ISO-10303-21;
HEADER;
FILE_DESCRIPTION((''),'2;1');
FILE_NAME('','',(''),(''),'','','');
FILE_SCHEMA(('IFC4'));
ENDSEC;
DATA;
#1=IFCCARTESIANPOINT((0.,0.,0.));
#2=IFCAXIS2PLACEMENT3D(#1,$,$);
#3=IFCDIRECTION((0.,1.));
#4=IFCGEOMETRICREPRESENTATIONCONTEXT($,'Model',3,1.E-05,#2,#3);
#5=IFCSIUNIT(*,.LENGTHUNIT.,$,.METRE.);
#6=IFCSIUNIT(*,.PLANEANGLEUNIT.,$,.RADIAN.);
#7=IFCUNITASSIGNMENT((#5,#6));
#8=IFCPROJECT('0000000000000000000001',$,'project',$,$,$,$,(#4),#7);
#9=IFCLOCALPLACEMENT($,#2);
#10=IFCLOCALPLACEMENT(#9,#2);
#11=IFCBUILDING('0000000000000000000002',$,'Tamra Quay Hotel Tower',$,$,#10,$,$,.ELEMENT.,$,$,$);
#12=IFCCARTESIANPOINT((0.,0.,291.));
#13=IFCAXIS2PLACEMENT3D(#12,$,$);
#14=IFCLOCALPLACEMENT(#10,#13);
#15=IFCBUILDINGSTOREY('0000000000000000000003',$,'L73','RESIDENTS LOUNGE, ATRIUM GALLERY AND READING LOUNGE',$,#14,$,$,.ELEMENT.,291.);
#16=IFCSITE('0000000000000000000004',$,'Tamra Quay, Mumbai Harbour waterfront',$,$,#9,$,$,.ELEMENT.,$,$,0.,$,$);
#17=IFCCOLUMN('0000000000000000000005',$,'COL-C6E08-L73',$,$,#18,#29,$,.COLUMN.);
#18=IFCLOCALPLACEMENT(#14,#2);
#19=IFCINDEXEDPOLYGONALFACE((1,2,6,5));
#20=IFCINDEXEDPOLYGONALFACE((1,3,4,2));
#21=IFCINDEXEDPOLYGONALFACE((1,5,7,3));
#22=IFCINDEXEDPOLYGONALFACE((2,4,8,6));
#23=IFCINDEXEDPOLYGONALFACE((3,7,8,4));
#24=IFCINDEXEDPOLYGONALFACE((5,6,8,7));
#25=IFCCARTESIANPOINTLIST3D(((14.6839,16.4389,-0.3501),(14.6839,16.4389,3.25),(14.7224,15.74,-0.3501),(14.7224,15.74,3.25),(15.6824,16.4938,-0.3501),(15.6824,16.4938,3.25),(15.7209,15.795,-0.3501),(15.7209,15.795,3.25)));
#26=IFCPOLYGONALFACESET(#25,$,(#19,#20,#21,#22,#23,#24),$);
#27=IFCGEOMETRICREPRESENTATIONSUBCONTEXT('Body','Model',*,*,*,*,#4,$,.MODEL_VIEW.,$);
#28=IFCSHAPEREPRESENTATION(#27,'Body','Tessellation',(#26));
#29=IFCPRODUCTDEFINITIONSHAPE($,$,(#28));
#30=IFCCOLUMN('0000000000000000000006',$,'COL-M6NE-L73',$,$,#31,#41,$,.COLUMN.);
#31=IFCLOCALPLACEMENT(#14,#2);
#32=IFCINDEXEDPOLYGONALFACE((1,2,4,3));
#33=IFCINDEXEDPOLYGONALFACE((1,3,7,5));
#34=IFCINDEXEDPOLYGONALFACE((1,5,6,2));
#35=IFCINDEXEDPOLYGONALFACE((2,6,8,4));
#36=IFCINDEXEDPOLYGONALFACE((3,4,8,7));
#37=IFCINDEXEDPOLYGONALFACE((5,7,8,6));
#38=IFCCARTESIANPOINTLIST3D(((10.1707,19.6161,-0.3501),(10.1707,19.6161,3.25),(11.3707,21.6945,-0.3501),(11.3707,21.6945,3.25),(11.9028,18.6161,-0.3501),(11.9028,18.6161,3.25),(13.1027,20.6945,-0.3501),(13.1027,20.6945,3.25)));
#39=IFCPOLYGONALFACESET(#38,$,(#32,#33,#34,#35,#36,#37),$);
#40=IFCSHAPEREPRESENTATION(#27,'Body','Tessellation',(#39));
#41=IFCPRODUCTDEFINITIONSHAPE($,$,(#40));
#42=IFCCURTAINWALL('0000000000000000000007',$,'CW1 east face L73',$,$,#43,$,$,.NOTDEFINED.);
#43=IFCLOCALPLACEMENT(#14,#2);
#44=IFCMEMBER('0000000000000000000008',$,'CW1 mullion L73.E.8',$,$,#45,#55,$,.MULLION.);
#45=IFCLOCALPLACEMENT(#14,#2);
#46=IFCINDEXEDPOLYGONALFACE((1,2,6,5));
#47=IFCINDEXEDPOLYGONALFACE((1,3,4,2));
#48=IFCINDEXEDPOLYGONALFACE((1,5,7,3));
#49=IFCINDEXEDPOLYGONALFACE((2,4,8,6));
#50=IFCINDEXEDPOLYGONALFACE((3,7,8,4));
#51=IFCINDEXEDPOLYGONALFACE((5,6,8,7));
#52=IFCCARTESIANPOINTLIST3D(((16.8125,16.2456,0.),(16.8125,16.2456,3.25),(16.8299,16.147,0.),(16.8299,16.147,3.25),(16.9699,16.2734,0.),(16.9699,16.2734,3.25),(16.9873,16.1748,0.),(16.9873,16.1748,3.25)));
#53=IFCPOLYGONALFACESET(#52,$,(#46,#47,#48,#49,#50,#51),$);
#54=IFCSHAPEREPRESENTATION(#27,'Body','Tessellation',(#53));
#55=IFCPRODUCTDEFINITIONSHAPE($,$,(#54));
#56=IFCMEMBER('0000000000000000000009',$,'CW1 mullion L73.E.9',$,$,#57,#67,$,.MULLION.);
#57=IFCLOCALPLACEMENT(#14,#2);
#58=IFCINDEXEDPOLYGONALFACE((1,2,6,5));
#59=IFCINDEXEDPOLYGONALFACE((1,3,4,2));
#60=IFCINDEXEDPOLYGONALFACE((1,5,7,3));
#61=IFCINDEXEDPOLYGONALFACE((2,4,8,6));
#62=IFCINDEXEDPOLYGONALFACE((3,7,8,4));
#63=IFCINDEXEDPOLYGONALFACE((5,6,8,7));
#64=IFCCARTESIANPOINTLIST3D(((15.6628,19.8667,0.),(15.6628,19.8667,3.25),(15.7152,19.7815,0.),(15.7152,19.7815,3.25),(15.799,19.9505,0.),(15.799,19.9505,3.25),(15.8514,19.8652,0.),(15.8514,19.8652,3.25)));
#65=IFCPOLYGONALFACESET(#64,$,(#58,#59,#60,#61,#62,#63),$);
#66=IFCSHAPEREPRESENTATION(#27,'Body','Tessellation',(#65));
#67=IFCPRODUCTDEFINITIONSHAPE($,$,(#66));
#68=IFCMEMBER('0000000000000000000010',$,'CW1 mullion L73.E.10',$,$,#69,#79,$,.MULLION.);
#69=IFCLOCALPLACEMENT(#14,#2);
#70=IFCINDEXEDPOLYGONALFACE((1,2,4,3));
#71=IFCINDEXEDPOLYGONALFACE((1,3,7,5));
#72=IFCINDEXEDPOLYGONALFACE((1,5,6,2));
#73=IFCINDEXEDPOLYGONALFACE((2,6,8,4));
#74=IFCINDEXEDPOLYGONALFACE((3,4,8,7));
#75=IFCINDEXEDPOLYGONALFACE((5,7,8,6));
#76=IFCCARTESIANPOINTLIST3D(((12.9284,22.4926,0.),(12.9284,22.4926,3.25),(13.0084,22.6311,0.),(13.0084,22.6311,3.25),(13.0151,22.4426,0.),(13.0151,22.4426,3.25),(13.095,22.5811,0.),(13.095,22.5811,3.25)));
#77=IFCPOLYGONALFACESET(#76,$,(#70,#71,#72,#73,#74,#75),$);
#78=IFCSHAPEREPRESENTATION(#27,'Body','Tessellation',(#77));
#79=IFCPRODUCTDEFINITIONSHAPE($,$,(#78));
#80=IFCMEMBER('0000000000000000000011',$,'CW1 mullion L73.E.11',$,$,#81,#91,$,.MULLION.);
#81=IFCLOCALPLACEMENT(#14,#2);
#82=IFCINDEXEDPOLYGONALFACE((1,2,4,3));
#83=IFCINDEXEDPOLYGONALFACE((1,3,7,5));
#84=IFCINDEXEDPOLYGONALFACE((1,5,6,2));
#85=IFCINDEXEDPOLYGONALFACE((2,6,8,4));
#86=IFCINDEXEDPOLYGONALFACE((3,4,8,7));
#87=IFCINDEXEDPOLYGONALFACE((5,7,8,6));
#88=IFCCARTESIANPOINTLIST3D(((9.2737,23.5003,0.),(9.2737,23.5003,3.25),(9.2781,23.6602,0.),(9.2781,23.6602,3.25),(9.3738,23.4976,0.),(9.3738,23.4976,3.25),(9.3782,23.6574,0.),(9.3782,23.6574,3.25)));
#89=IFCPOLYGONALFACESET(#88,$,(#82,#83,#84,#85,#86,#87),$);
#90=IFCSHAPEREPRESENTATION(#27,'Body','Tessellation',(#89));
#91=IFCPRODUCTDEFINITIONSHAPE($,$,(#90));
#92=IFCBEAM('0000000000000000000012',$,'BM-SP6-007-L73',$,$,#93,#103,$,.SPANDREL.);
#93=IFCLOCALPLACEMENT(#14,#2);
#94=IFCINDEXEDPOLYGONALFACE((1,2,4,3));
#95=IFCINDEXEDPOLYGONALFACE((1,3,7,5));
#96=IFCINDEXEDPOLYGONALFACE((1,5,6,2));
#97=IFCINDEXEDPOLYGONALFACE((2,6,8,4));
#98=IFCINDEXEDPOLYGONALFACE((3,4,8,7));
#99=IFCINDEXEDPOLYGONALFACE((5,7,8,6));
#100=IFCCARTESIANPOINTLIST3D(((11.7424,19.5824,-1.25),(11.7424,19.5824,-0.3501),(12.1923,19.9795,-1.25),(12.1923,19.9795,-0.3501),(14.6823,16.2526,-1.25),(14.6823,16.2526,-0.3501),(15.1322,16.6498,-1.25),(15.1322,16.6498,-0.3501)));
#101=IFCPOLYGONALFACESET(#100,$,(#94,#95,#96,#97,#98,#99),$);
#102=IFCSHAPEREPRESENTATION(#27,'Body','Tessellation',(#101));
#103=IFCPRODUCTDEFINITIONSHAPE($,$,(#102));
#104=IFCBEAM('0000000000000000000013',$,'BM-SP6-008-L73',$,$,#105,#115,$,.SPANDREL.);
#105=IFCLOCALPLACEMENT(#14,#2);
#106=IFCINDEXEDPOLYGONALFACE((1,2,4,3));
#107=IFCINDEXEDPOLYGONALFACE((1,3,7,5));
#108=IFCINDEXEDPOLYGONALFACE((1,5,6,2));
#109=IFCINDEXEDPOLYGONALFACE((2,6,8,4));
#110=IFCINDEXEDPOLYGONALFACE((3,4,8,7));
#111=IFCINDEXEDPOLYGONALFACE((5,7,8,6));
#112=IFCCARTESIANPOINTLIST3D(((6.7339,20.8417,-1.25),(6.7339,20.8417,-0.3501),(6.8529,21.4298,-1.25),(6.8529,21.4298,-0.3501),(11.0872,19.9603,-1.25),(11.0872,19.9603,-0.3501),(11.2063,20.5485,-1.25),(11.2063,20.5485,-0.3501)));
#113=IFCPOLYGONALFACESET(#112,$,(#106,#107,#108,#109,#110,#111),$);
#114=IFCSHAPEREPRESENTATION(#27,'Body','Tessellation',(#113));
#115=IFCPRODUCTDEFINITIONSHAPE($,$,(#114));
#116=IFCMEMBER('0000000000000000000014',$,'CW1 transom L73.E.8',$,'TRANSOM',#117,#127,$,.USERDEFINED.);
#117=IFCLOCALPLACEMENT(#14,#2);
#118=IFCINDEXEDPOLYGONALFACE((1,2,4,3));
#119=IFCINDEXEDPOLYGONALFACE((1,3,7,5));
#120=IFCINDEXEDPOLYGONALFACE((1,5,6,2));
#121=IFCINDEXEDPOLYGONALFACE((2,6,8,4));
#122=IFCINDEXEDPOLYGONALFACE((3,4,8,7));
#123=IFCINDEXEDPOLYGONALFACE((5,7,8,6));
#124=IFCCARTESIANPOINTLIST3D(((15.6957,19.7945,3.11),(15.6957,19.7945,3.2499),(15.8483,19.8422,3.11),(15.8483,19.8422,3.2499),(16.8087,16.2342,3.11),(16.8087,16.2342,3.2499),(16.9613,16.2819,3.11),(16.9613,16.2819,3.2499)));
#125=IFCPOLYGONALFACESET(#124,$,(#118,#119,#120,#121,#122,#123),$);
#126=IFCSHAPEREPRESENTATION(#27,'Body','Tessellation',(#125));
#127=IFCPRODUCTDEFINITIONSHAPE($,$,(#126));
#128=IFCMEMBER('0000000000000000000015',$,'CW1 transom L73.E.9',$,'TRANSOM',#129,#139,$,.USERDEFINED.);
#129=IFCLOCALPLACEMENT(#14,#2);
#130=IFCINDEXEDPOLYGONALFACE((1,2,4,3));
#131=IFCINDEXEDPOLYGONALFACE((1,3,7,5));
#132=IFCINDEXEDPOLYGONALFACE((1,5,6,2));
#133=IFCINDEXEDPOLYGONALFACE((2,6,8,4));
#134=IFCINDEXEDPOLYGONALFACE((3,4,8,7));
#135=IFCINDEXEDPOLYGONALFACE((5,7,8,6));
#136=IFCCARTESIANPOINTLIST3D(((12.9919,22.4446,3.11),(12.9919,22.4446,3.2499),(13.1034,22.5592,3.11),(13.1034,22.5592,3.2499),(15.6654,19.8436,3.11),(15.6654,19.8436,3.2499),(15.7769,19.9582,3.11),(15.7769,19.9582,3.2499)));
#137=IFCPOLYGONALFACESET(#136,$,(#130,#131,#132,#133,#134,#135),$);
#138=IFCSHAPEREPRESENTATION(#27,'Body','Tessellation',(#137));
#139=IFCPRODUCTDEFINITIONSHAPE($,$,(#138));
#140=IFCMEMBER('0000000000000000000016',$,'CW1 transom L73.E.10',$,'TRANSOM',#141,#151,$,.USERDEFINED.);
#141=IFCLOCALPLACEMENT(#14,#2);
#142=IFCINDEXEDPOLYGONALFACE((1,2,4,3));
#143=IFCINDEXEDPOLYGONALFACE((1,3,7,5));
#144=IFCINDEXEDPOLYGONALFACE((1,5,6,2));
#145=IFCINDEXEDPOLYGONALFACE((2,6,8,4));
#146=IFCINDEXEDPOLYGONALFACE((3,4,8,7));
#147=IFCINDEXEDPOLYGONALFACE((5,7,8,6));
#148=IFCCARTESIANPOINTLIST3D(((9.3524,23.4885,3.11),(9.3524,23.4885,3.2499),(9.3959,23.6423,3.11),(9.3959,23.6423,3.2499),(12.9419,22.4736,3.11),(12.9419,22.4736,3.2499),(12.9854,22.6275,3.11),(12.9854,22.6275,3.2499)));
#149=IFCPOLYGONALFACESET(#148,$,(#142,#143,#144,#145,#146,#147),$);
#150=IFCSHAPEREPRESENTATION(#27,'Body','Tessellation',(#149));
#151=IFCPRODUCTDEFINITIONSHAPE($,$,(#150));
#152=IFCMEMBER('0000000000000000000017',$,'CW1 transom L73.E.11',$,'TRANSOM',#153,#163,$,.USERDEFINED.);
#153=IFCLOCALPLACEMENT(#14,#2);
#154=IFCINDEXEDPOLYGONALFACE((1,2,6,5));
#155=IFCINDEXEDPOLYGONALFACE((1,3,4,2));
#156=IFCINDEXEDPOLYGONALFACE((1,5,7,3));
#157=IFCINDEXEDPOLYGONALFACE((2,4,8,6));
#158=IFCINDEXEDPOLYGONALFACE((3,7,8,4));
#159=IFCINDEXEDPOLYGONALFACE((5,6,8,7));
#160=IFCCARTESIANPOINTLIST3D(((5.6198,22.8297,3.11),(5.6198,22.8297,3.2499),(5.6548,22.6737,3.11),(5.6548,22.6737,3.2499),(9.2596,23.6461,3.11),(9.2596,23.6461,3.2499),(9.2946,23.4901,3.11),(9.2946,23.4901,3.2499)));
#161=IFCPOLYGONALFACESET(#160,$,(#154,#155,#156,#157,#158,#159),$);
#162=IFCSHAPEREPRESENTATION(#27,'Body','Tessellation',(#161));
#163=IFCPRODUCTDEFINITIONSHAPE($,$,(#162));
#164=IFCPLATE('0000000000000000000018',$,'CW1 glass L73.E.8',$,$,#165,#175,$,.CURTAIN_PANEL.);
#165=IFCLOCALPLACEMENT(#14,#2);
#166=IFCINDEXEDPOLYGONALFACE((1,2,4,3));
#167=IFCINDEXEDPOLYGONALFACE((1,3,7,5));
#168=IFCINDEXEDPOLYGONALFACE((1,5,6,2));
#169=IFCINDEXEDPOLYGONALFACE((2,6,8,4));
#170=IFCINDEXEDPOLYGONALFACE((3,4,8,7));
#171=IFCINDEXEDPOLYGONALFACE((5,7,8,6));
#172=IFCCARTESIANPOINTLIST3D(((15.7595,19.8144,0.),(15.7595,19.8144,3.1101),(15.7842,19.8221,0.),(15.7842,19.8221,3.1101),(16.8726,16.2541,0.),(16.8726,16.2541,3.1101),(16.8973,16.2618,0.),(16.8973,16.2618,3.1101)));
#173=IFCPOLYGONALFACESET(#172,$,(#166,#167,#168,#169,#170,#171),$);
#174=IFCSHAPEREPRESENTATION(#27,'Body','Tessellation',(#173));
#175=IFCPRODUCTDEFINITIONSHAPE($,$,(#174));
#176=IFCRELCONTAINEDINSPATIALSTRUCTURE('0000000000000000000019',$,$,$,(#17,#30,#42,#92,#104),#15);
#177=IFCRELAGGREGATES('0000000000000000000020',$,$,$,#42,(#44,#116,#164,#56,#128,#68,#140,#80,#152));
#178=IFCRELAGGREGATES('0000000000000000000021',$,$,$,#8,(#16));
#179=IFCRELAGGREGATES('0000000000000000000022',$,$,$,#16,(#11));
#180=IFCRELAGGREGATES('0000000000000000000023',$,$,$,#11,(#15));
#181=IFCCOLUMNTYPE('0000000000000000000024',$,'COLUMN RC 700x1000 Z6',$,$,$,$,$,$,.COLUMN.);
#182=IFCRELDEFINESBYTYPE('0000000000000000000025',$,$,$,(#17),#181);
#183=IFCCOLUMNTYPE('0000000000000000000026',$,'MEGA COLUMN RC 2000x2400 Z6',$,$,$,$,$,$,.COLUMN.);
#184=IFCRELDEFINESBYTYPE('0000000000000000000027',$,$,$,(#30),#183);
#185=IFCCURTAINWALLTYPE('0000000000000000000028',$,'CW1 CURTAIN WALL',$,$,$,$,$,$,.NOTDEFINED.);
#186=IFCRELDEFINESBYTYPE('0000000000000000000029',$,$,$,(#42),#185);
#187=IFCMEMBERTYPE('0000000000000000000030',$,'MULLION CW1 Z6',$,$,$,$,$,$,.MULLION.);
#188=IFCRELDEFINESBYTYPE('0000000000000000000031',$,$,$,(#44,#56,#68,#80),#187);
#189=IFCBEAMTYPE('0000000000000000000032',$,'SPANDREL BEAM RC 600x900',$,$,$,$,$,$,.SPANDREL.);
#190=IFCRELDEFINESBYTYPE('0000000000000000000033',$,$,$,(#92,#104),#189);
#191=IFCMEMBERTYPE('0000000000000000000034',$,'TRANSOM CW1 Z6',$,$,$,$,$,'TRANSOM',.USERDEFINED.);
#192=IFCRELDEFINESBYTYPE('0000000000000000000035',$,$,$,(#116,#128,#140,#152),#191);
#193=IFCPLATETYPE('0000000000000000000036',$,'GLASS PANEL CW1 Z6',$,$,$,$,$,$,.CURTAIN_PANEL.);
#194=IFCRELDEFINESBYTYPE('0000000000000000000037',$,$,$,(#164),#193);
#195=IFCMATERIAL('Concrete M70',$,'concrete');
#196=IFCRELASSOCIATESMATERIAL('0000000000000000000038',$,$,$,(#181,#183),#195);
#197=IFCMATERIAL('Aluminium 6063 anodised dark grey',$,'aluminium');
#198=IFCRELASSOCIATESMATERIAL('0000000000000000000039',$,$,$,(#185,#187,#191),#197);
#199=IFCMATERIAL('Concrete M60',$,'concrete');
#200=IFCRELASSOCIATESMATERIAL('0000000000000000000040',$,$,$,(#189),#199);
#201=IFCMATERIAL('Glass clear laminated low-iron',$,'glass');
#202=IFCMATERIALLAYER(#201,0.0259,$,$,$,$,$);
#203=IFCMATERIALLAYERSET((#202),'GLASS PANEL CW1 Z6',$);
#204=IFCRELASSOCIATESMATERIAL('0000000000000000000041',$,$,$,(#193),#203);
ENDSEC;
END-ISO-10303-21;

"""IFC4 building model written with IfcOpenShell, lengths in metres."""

from ifc_helpers import new_model, si_unit, direction, frame, origin, origin_2d, place, context, subcontext, project, spatial, rectangle, extrude, material, layer, layer_set, material_profile, profile_set, type_object, element, aggregate, save


model = new_model("IFC4")

# Units and contexts
model_context = context("Model", 3, precision=1e-05, world=origin(), true_north=direction((0.0, 1.0)))
body_context = subcontext(model_context, "Body", "Model", "MODEL_VIEW")
ifc_project = project(units=[si_unit("LENGTHUNIT", "METRE"), si_unit("PLANEANGLEUNIT", "RADIAN")], contexts=[model_context])

# Site, building, storey
site_placement = place(None, origin())
site = spatial("IfcSite", under=ifc_project, at=site_placement, Name="Tamra Quay, Mumbai Harbour waterfront", CompositionType="ELEMENT", RefElevation=0.0)
building_placement = place(site_placement, origin())
building = spatial("IfcBuilding", under=site, at=building_placement, Name="Tamra Quay Hotel Tower", CompositionType="ELEMENT")
storey_placement = place(building_placement, frame((0.0, 0.0, 291.0)))
storey = spatial("IfcBuildingStorey", under=building, at=storey_placement, Name="L73", Description="RESIDENTS LOUNGE, ATRIUM GALLERY AND READING LOUNGE", CompositionType="ELEMENT", Elevation=291.0)

# Columns
ifc_material_1 = material(Name="Concrete M70", Category="concrete")
ifc_material_profile_1 = material_profile(ifc_material_1, rectangle(XDim=1.0, YDim=0.7, at=origin_2d()), Name="COLUMN RC 700x1000 Z6")
ifc_profile_set_1 = profile_set([ifc_material_profile_1], Name="Concrete M70")
column_type_1 = type_object("IfcColumnType", Name="COLUMN RC 700x1000 Z6", PredefinedType="COLUMN", material=ifc_profile_set_1)
column_1_placement = place(storey_placement, frame((15.2024, 16.1169, -0.3501), z_axis=(0.0, 0.0, 1.0), x_axis=(0.998491, 0.054917, 0.0)))
element("IfcColumn", 1, at=column_1_placement, inside=storey, type_object=column_type_1, Name="COL-C6E08-L73", PredefinedType="COLUMN", context=body_context, shape_type="SweptSolid", body=[
    extrude(rectangle(XDim=1.0, YDim=0.7, at=origin_2d()), origin(), (0.0, 0.0, 1.0), 3.6001),
])
ifc_material_profile_2 = material_profile(ifc_material_1, rectangle(XDim=2.3999, YDim=2.0, at=origin_2d()), Name="MEGA COLUMN RC 2000x2400 Z6")
ifc_profile_set_2 = profile_set([ifc_material_profile_2], Name="Concrete M70")
column_type_2 = type_object("IfcColumnType", Name="MEGA COLUMN RC 2000x2400 Z6", PredefinedType="COLUMN", material=ifc_profile_set_2)
column_2_placement = place(storey_placement, frame((11.6367, 20.1553, -0.3501), z_axis=(0.0, 0.0, 1.0), x_axis=(0.5, 0.866025, 0.0)))
element("IfcColumn", 2, at=column_2_placement, inside=storey, type_object=column_type_2, Name="COL-M6NE-L73", PredefinedType="COLUMN", context=body_context, shape_type="SweptSolid", body=[
    extrude(rectangle(XDim=2.3999, YDim=2.0, at=origin_2d()), origin(), (0.0, 0.0, 1.0), 3.6001),
])

# Curtain wall, members
ifc_material_2 = material(Name="Aluminium 6063 anodised dark grey", Category="aluminium")
curtain_wall_type = type_object("IfcCurtainWallType", Name="CW1 CURTAIN WALL", PredefinedType="NOTDEFINED", material=ifc_material_2)
curtain_wall_placement = place(storey_placement, origin())
curtain_wall = element("IfcCurtainWall", 3, at=curtain_wall_placement, inside=storey, type_object=curtain_wall_type, Name="CW1 east face L73", PredefinedType="NOTDEFINED")
ifc_material_profile_3 = material_profile(ifc_material_2, rectangle(XDim=0.1599, YDim=0.1001, at=origin_2d()), Name="MULLION 100X160")
ifc_profile_set_3 = profile_set([ifc_material_profile_3], Name="Aluminium 6063 anodised dark grey")
member_type_1 = type_object("IfcMemberType", Name="MULLION CW1 Z6", PredefinedType="MULLION", material=ifc_profile_set_3)
member_1_placement = place(storey_placement, frame((16.8999, 16.2102, 0.0), z_axis=(0.0, 0.0, 1.0), x_axis=(0.98474, 0.174032, 0.0)))
member_1 = element("IfcMember", 4, at=member_1_placement, type_object=member_type_1, Name="CW1 mullion L73.E.8", PredefinedType="MULLION", context=body_context, shape_type="SweptSolid", body=[
    extrude(rectangle(XDim=0.1599, YDim=0.1001, at=origin_2d()), origin(), (0.0, 0.0, 1.0), 3.25),
])
member_2_placement = place(storey_placement, frame((15.7571, 19.866, 0.0), z_axis=(0.0, 0.0, 1.0), x_axis=(0.851964, 0.5236, 0.0)))
member_2 = element("IfcMember", 5, at=member_2_placement, type_object=member_type_1, Name="CW1 mullion L73.E.9", PredefinedType="MULLION", context=body_context, shape_type="SweptSolid", body=[
    extrude(rectangle(XDim=0.1599, YDim=0.1001, at=origin_2d()), origin(), (0.0, 0.0, 1.0), 3.25),
])
member_3_placement = place(storey_placement, frame((13.0117, 22.5369, 0.0), z_axis=(0.0, 0.0, 1.0), x_axis=(0.5, 0.866025, 0.0)))
member_3 = element("IfcMember", 6, at=member_3_placement, type_object=member_type_1, Name="CW1 mullion L73.E.10", PredefinedType="MULLION", context=body_context, shape_type="SweptSolid", body=[
    extrude(rectangle(XDim=0.1599, YDim=0.1001, at=origin_2d()), origin(), (0.0, 0.0, 1.0), 3.25),
])
member_4_placement = place(storey_placement, frame((9.3259, 23.5789, 0.0), z_axis=(0.0, 0.0, 1.0), x_axis=(0.027469, 0.999623, 0.0)))
member_4 = element("IfcMember", 7, at=member_4_placement, type_object=member_type_1, Name="CW1 mullion L73.E.11", PredefinedType="MULLION", context=body_context, shape_type="SweptSolid", body=[
    extrude(rectangle(XDim=0.1599, YDim=0.1001, at=origin_2d()), origin(), (0.0, 0.0, 1.0), 3.25),
])

# Beams
ifc_material_3 = material(Name="Concrete M60", Category="concrete")
ifc_material_profile_4 = material_profile(ifc_material_3, rectangle(XDim=0.6001, YDim=0.8999, at=origin_2d()), Name="SPANDREL BEAM RC 600x900")
ifc_profile_set_4 = profile_set([ifc_material_profile_4], Name="Concrete M60")
beam_type = type_object("IfcBeamType", Name="SPANDREL BEAM RC 600x900", PredefinedType="SPANDREL", material=ifc_profile_set_4)
beam_1_placement = place(storey_placement, frame((14.9072, 16.4512, -0.8), z_axis=(-0.661856, 0.749631, 0.0), x_axis=(-0.749631, -0.661856, 0.0)))
element("IfcBeam", 8, at=beam_1_placement, inside=storey, type_object=beam_type, Name="BM-SP6-007-L73", PredefinedType="SPANDREL", context=body_context, shape_type="SweptSolid", body=[
    extrude(rectangle(XDim=0.6001, YDim=0.8999, at=origin_2d()), origin(), (0.0, 0.0, 1.0), 4.4419),
])
beam_2_placement = place(storey_placement, frame((11.1467, 20.2544, -0.8), z_axis=(-0.980115, 0.198431, 0.0), x_axis=(-0.198431, -0.980115, 0.0)))
element("IfcBeam", 9, at=beam_2_placement, inside=storey, type_object=beam_type, Name="BM-SP6-008-L73", PredefinedType="SPANDREL", context=body_context, shape_type="SweptSolid", body=[
    extrude(rectangle(XDim=0.6001, YDim=0.8999, at=origin_2d()), origin(), (0.0, 0.0, 1.0), 4.4417),
])

# Members
ifc_material_profile_5 = material_profile(ifc_material_2, rectangle(XDim=0.1599, YDim=0.1399, at=origin_2d()), Name="TRANSOM 160X140")
ifc_profile_set_5 = profile_set([ifc_material_profile_5], Name="Aluminium 6063 anodised dark grey")
member_type_2 = type_object("IfcMemberType", Name="TRANSOM CW1 Z6", ElementType="TRANSOM", PredefinedType="USERDEFINED", material=ifc_profile_set_5)
member_5_placement = place(storey_placement, frame((16.885, 16.2581, 3.1799), z_axis=(-0.298383, 0.954446, 0.0), x_axis=(-0.954446, -0.298383, 0.0)))
member_5 = element("IfcMember", 10, at=member_5_placement, type_object=member_type_2, Name="CW1 transom L73.E.8", ObjectType="TRANSOM", PredefinedType="USERDEFINED", context=body_context, shape_type="SweptSolid", body=[
    extrude(rectangle(XDim=0.1599, YDim=0.1399, at=origin_2d()), origin(), (0.0, 0.0, 1.0), 3.7302),
])
member_6_placement = place(storey_placement, frame((15.7212, 19.9009, 3.1799), z_axis=(-0.71676, 0.69732, 0.0), x_axis=(-0.69732, -0.71676, 0.0)))
member_6 = element("IfcMember", 11, at=member_6_placement, type_object=member_type_2, Name="CW1 transom L73.E.9", ObjectType="TRANSOM", PredefinedType="USERDEFINED", context=body_context, shape_type="SweptSolid", body=[
    extrude(rectangle(XDim=0.1599, YDim=0.1399, at=origin_2d()), origin(), (0.0, 0.0, 1.0), 3.73),
])
member_7_placement = place(storey_placement, frame((12.9636, 22.5505, 3.1799), z_axis=(-0.962278, 0.272066, 0.0), x_axis=(-0.272066, -0.962278, 0.0)))
member_7 = element("IfcMember", 12, at=member_7_placement, type_object=member_type_2, Name="CW1 transom L73.E.10", ObjectType="TRANSOM", PredefinedType="USERDEFINED", context=body_context, shape_type="SweptSolid", body=[
    extrude(rectangle(XDim=0.1599, YDim=0.1399, at=origin_2d()), origin(), (0.0, 0.0, 1.0), 3.7302),
])
member_8_placement = place(storey_placement, frame((9.2771, 23.5681, 3.1799), z_axis=(-0.975757, -0.218857, 0.0), x_axis=(0.218857, -0.975757, 0.0)))
member_8 = element("IfcMember", 13, at=member_8_placement, type_object=member_type_2, Name="CW1 transom L73.E.11", ObjectType="TRANSOM", PredefinedType="USERDEFINED", context=body_context, shape_type="SweptSolid", body=[
    extrude(rectangle(XDim=0.1599, YDim=0.1399, at=origin_2d()), origin(), (0.0, 0.0, 1.0), 3.7302),
])

# Plate
ifc_material_4 = material(Name="Glass clear laminated low-iron", Category="glass")
ifc_layer_1 = layer(ifc_material_4, 0.0259)
ifc_layer_set_1 = layer_set([ifc_layer_1], Name="GLASS PANEL CW1 Z6")
plate_type = type_object("IfcPlateType", Name="GLASS PANEL CW1 Z6", PredefinedType="CURTAIN_PANEL", material=ifc_layer_set_1)
plate_1_placement = place(storey_placement, frame((16.3284, 18.0381, 0.0), z_axis=(0.0, 0.0, 1.0), x_axis=(-0.298392, 0.954443, 0.0)))
plate_1 = element("IfcPlate", 14, at=plate_1_placement, type_object=plate_type, Name="CW1 glass L73.E.8", PredefinedType="CURTAIN_PANEL", context=body_context, shape_type="SweptSolid", body=[
    extrude(rectangle(XDim=3.7302, YDim=0.0259, at=origin_2d()), origin(), (0.0, 0.0, 1.0), 3.1101),
])
aggregate(curtain_wall, [member_1, member_5, plate_1, member_2, member_6, member_3, member_7, member_4, member_8])

save(model, "model.ifc")
